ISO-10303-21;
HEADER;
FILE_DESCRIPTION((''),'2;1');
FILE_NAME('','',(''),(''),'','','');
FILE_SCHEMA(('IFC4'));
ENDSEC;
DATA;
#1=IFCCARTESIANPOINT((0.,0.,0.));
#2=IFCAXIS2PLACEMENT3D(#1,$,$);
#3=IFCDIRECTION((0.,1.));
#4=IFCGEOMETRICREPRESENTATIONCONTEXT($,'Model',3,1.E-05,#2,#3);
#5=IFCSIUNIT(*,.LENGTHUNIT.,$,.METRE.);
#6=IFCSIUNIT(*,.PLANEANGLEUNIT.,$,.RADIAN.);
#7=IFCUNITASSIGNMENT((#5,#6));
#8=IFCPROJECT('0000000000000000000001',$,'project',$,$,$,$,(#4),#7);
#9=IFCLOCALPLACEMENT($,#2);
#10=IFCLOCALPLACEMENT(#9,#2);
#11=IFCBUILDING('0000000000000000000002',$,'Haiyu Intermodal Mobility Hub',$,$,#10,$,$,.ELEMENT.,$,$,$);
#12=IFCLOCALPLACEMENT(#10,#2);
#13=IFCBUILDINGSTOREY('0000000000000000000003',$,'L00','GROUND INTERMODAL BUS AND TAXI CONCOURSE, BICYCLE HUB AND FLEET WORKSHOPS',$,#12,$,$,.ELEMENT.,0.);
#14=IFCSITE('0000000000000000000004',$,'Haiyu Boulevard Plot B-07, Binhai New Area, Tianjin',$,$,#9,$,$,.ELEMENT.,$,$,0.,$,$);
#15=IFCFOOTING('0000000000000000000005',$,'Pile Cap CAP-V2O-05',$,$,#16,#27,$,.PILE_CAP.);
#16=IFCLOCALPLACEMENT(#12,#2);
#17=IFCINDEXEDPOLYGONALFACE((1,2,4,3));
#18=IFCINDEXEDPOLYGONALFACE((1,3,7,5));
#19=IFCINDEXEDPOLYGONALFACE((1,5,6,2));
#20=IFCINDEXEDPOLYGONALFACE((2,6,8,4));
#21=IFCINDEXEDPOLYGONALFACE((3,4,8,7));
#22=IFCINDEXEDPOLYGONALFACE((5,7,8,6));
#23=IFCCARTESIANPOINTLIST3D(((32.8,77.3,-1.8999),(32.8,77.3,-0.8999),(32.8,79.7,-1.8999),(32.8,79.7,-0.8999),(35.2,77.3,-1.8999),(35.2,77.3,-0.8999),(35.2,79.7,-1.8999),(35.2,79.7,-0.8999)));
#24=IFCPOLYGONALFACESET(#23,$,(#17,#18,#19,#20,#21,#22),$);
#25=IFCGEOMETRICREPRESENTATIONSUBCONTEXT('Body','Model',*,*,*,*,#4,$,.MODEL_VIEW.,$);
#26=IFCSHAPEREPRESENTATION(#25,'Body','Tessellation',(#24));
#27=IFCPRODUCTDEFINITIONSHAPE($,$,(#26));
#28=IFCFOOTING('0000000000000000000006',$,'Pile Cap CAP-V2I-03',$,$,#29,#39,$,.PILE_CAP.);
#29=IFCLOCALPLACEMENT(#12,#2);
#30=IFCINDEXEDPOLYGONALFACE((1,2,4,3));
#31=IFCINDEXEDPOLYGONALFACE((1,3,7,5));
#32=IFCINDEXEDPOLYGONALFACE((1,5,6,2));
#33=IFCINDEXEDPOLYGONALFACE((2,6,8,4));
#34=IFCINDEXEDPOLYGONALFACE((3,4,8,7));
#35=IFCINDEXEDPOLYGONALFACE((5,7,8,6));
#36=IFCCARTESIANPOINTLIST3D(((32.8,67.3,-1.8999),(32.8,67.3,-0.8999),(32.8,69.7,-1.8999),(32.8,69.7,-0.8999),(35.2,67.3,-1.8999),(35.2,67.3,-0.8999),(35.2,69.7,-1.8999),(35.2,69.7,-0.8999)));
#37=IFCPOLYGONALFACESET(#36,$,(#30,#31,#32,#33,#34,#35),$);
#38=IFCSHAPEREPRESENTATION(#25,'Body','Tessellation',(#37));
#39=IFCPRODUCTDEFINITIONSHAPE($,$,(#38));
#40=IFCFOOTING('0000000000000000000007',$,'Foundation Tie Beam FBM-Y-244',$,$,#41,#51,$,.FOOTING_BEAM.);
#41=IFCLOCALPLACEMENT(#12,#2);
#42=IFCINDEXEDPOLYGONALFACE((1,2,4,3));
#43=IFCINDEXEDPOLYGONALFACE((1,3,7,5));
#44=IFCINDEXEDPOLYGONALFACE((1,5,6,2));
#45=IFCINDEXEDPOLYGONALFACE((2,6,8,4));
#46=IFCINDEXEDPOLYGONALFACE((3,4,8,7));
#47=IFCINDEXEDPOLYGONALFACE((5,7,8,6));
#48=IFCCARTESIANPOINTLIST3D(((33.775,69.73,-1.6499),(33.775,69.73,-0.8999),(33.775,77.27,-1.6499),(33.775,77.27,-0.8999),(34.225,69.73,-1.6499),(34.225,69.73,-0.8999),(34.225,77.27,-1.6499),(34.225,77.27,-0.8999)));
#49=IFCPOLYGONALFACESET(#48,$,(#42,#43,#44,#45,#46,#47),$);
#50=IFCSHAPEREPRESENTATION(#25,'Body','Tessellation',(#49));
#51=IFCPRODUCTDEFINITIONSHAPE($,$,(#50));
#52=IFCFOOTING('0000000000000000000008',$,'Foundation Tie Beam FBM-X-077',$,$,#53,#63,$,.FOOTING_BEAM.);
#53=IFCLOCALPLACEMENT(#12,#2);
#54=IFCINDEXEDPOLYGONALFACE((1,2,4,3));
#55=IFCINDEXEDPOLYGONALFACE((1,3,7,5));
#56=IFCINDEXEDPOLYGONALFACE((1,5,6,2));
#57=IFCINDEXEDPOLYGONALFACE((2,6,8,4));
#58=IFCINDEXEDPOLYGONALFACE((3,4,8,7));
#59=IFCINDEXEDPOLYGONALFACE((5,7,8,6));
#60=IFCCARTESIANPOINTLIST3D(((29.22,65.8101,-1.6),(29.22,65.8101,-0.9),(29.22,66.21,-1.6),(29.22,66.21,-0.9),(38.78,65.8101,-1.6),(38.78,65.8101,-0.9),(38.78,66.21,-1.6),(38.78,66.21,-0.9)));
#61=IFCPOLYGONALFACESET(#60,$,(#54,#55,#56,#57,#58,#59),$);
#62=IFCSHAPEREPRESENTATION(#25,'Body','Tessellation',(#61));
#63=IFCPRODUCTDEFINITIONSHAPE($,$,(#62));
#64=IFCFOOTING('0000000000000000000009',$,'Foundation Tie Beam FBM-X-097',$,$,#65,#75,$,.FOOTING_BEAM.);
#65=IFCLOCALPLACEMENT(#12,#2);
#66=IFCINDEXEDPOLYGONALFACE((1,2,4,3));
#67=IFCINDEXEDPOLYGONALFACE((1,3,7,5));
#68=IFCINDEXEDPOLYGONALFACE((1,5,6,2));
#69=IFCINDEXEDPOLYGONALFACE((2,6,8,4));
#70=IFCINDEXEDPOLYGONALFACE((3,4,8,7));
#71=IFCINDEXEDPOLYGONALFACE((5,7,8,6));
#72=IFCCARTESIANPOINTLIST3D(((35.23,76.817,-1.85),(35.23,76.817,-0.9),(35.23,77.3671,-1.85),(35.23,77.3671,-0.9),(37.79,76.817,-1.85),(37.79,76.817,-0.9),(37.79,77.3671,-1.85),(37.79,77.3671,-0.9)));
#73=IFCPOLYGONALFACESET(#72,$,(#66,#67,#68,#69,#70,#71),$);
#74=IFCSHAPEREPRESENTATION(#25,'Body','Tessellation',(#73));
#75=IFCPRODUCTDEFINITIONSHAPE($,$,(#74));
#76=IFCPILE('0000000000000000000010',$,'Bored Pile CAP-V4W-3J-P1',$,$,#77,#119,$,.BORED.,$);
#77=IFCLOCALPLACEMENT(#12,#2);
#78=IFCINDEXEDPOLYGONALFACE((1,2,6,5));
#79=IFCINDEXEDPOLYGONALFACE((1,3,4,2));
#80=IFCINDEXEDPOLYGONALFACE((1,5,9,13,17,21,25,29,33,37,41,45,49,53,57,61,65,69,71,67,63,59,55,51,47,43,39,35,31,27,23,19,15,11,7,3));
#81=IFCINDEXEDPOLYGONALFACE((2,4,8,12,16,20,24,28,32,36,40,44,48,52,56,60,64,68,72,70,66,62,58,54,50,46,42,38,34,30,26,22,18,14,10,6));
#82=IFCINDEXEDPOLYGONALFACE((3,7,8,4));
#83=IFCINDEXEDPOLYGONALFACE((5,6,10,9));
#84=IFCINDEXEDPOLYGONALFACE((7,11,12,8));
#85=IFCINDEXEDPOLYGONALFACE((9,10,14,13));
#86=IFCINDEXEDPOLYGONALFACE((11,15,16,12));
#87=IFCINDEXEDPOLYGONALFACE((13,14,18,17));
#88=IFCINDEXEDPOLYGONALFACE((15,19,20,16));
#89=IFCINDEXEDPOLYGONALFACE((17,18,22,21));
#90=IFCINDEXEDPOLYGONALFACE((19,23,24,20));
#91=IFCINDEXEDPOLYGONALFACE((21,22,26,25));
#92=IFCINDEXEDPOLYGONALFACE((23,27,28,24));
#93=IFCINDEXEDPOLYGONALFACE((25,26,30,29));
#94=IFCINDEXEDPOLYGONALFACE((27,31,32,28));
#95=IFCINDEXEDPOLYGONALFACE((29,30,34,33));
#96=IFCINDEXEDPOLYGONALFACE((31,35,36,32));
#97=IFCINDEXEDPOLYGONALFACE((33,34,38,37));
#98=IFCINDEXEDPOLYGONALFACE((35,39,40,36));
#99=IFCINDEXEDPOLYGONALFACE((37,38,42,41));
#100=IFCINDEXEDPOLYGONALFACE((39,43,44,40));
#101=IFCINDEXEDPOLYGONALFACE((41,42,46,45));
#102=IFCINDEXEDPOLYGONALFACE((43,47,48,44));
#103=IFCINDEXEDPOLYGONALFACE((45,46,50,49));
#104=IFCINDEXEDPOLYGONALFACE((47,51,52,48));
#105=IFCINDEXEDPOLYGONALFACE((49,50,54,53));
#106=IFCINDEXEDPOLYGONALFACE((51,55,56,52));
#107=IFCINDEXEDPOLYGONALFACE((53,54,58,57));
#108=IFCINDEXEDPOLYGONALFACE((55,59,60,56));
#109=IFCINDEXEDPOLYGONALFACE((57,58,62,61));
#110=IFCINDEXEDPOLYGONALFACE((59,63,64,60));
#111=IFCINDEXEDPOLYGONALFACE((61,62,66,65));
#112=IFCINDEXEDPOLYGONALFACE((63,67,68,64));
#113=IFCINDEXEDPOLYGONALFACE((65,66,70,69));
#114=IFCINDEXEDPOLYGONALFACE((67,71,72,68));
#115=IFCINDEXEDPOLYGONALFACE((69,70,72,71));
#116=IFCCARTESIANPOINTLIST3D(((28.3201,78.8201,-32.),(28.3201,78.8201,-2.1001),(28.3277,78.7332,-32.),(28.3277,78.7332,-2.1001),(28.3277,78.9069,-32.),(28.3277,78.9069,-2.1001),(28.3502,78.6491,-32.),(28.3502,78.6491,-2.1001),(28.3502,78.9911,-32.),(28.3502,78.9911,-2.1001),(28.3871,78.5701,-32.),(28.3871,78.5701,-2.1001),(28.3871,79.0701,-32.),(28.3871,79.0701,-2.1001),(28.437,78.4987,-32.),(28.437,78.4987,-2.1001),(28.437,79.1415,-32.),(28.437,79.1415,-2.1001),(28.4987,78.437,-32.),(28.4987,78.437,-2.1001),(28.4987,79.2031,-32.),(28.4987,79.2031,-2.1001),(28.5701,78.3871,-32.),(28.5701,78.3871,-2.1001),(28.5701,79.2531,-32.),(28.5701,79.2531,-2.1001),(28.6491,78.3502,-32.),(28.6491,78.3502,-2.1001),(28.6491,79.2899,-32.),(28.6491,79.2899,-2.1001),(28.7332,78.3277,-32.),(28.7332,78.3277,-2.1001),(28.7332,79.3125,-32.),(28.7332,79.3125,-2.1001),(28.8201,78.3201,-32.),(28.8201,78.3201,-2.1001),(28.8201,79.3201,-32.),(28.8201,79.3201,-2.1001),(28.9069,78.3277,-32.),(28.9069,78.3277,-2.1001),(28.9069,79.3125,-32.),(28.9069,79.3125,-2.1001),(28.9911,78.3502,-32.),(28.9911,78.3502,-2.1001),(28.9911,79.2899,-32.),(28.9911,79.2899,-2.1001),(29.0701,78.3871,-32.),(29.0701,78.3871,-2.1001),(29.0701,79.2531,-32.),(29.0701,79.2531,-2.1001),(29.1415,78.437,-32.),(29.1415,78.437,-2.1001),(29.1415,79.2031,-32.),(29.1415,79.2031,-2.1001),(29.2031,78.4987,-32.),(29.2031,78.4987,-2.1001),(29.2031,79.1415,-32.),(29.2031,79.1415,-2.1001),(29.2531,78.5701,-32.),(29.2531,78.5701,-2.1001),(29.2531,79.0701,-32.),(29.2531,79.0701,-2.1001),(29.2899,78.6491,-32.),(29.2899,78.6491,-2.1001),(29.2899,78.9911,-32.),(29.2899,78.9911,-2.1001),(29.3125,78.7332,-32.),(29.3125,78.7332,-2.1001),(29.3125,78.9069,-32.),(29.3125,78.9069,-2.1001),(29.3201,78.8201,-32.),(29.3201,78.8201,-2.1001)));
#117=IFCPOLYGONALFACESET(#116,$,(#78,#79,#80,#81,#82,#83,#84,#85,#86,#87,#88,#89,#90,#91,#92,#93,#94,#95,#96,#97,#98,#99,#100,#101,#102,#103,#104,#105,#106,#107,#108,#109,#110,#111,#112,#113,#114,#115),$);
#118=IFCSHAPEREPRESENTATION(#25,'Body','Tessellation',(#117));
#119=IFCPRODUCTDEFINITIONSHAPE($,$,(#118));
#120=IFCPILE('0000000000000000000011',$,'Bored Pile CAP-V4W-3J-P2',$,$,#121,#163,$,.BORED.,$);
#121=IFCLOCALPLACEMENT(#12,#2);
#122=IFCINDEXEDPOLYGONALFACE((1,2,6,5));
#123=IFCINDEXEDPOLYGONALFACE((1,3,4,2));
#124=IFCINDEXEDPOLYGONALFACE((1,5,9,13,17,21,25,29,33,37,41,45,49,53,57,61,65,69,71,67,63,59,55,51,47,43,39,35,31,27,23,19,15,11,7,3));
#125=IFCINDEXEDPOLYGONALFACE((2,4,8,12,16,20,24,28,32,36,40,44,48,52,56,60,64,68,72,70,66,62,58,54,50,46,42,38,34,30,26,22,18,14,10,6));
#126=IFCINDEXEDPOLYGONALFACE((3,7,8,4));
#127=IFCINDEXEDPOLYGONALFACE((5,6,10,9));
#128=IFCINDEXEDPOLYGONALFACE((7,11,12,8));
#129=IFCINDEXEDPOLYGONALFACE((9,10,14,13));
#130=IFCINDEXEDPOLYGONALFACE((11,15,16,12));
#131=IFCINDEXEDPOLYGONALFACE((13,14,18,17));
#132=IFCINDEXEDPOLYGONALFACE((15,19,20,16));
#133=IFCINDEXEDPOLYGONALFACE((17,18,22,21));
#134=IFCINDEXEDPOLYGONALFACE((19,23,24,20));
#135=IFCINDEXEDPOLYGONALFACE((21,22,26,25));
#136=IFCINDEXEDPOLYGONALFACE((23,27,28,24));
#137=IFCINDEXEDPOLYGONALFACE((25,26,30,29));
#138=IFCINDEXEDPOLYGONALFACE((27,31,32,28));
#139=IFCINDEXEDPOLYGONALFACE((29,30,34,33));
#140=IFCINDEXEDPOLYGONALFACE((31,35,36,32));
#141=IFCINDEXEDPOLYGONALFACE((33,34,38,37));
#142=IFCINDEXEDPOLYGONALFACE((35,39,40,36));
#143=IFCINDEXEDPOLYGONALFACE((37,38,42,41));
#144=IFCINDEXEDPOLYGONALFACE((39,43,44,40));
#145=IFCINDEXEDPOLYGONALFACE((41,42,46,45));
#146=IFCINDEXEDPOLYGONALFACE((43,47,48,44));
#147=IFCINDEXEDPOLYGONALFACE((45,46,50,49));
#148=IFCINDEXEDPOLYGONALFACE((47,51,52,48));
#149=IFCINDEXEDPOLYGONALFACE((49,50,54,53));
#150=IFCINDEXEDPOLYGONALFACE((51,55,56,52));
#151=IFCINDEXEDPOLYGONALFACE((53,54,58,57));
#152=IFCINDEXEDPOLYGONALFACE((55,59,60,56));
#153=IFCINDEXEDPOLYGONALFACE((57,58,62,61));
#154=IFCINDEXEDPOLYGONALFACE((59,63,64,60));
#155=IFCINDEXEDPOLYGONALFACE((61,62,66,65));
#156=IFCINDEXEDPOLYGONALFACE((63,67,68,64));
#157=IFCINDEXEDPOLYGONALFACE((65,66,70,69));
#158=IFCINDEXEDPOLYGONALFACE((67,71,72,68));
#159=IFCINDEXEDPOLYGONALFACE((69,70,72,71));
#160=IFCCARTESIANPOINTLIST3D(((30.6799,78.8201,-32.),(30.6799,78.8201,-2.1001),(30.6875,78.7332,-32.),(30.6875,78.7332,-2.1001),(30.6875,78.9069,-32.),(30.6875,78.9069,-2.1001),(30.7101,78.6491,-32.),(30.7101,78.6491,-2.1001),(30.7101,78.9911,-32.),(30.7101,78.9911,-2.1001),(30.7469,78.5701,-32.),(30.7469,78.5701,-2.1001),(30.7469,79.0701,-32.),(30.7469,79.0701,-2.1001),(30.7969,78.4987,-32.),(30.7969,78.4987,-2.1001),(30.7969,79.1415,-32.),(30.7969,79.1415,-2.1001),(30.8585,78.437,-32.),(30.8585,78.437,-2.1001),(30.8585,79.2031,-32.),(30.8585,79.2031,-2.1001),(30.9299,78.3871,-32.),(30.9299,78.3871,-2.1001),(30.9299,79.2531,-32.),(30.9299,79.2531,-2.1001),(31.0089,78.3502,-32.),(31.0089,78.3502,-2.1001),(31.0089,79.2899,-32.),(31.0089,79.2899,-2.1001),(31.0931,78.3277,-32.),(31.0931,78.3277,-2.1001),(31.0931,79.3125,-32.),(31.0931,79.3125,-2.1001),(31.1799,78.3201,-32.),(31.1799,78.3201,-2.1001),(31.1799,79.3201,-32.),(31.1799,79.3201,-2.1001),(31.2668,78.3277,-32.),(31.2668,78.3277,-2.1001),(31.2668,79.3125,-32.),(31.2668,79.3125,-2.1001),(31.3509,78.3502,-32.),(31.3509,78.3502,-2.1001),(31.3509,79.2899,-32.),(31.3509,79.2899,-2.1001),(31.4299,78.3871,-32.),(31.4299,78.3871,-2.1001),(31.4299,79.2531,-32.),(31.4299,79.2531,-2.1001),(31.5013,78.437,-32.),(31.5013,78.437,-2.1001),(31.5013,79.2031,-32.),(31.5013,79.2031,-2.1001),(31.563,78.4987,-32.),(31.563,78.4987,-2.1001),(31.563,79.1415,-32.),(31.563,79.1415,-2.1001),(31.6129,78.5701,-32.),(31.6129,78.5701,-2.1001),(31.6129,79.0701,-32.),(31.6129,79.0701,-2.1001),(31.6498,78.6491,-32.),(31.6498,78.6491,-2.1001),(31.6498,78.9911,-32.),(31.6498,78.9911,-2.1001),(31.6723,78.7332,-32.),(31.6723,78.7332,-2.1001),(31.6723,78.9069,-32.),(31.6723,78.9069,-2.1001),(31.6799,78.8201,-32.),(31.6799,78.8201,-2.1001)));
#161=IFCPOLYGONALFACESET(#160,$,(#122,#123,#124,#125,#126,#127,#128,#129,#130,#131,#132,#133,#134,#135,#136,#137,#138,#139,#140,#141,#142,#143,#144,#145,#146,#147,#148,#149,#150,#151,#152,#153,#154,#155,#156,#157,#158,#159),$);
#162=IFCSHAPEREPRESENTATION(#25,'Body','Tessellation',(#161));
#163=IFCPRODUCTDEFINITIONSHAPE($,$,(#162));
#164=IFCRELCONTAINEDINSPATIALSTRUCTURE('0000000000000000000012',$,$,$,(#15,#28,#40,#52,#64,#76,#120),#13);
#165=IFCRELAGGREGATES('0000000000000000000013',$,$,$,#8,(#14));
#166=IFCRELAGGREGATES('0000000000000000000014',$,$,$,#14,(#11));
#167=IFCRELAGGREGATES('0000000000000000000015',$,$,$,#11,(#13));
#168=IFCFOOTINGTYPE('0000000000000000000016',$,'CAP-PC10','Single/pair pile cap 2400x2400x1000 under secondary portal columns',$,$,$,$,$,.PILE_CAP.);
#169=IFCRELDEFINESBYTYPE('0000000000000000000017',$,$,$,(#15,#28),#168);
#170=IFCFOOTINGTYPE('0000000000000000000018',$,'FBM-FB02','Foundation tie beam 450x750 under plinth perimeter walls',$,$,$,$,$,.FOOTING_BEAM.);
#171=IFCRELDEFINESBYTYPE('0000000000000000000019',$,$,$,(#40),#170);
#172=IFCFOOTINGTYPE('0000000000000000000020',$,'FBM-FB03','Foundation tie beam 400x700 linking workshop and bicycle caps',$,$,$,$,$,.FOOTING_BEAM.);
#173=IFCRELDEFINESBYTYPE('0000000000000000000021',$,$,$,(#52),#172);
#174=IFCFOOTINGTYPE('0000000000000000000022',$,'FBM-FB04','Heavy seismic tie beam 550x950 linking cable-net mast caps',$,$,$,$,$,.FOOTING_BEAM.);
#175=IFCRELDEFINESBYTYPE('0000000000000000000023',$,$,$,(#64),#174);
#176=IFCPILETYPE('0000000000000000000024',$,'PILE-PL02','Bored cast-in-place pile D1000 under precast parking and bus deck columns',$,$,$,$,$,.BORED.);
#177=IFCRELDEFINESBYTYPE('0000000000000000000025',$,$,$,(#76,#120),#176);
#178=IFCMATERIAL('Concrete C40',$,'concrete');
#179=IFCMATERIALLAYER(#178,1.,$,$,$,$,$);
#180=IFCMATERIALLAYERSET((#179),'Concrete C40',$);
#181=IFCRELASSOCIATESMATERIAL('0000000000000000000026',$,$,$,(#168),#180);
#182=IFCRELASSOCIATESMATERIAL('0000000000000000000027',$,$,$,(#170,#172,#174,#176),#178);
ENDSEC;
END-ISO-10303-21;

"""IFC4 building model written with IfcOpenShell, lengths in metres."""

from ifc_helpers import new_model, si_unit, direction, frame, origin, origin_2d, place, context, subcontext, project, spatial, rectangle, circle, extrude, material, layer, layer_set, material_profile, profile_set, type_object, element, save


model = new_model("IFC4")

# Units and contexts
model_context = context("Model", 3, precision=1e-05, world=origin(), true_north=direction((0.0, 1.0)))
body_context = subcontext(model_context, "Body", "Model", "MODEL_VIEW")
ifc_project = project(units=[si_unit("LENGTHUNIT", "METRE"), si_unit("PLANEANGLEUNIT", "RADIAN")], contexts=[model_context])

# Site, building, storey
site_placement = place(None, origin())
site = spatial("IfcSite", under=ifc_project, at=site_placement, Name="Haiyu Boulevard Plot B-07, Binhai New Area, Tianjin", CompositionType="ELEMENT", RefElevation=0.0)
building_placement = place(site_placement, origin())
building = spatial("IfcBuilding", under=site, at=building_placement, Name="Haiyu Intermodal Mobility Hub", CompositionType="ELEMENT")
storey_placement = place(building_placement, origin())
storey = spatial("IfcBuildingStorey", under=building, at=storey_placement, Name="L00", Description="GROUND INTERMODAL BUS AND TAXI CONCOURSE, BICYCLE HUB AND FLEET WORKSHOPS", CompositionType="ELEMENT", Elevation=0.0)

# Footings
ifc_material_1 = material(Name="Concrete C40", Category="concrete")
ifc_layer_1 = layer(ifc_material_1, 1.0)
ifc_layer_set_1 = layer_set([ifc_layer_1], Name="Concrete C40")
footing_type_1 = type_object("IfcFootingType", Name="CAP-PC10", Description="Single/pair pile cap 2400x2400x1000 under secondary portal columns", PredefinedType="PILE_CAP", material=ifc_layer_set_1)
for number, where, z_axis, x_axis, name in (
    (1, (34.0, 78.5, -1.8999), (0.0, 0.0, 1.0), (1.0, 0.0, 0.0), "Pile Cap CAP-V2O-05"),
    (2, (34.0, 68.5, -1.8999), (0.0, 0.0, 1.0), (1.0, 0.0, 0.0), "Pile Cap CAP-V2I-03"),
):
    element("IfcFooting", number, at=place(storey_placement, frame(where, z_axis=z_axis, x_axis=x_axis)), inside=storey, type_object=footing_type_1, Name=name, PredefinedType="PILE_CAP", context=body_context, shape_type="SweptSolid", body=[
        extrude(rectangle(XDim=2.3999, YDim=2.3999, at=origin_2d()), origin(), (0.0, 0.0, 1.0), 1.0),
    ])
ifc_material_profile_1 = material_profile(ifc_material_1, rectangle(XDim=0.45, YDim=0.75, at=origin_2d()), Name="FB450x750")
ifc_profile_set_1 = profile_set([ifc_material_profile_1], Name="Concrete C40")
footing_type_2 = type_object("IfcFootingType", Name="FBM-FB02", Description="Foundation tie beam 450x750 under plinth perimeter walls", PredefinedType="FOOTING_BEAM", material=ifc_profile_set_1)
footing_1_placement = place(storey_placement, frame((34.0, 69.73, -1.2749), z_axis=(0.0, 1.0, 0.0), x_axis=(-1.0, 0.0, 0.0)))
element("IfcFooting", 3, at=footing_1_placement, inside=storey, type_object=footing_type_2, Name="Foundation Tie Beam FBM-Y-244", PredefinedType="FOOTING_BEAM", context=body_context, shape_type="SweptSolid", body=[
    extrude(rectangle(XDim=0.45, YDim=0.75, at=origin_2d()), origin(), (0.0, 0.0, 1.0), 7.54),
])
ifc_material_profile_2 = material_profile(ifc_material_1, rectangle(XDim=0.3999, YDim=0.7, at=origin_2d()), Name="FB400x700")
ifc_profile_set_2 = profile_set([ifc_material_profile_2], Name="Concrete C40")
footing_type_3 = type_object("IfcFootingType", Name="FBM-FB03", Description="Foundation tie beam 400x700 linking workshop and bicycle caps", PredefinedType="FOOTING_BEAM", material=ifc_profile_set_2)
footing_2_placement = place(storey_placement, frame((29.22, 66.01, -1.25), z_axis=(1.0, 0.0, 0.0), x_axis=(0.0, 1.0, 0.0)))
element("IfcFooting", 4, at=footing_2_placement, inside=storey, type_object=footing_type_3, Name="Foundation Tie Beam FBM-X-077", PredefinedType="FOOTING_BEAM", context=body_context, shape_type="SweptSolid", body=[
    extrude(rectangle(XDim=0.3999, YDim=0.7, at=origin_2d()), origin(), (0.0, 0.0, 1.0), 9.5601),
])
ifc_material_profile_3 = material_profile(ifc_material_1, rectangle(XDim=0.55, YDim=0.95, at=origin_2d()), Name="FB550x950")
ifc_profile_set_3 = profile_set([ifc_material_profile_3], Name="Concrete C40")
footing_type_4 = type_object("IfcFootingType", Name="FBM-FB04", Description="Heavy seismic tie beam 550x950 linking cable-net mast caps", PredefinedType="FOOTING_BEAM", material=ifc_profile_set_3)
footing_3_placement = place(storey_placement, frame((35.23, 77.092, -1.375), z_axis=(1.0, 0.0, 0.0), x_axis=(0.0, 1.0, 0.0)))
element("IfcFooting", 5, at=footing_3_placement, inside=storey, type_object=footing_type_4, Name="Foundation Tie Beam FBM-X-097", PredefinedType="FOOTING_BEAM", context=body_context, shape_type="SweptSolid", body=[
    extrude(rectangle(XDim=0.55, YDim=0.95, at=origin_2d()), origin(), (0.0, 0.0, 1.0), 2.5601),
])

# Piles
ifc_material_profile_4 = material_profile(ifc_material_1, circle(Radius=0.5, at=origin_2d()), Name="PILE-D1000")
ifc_profile_set_4 = profile_set([ifc_material_profile_4], Name="Concrete C40")
pile_type_1 = type_object("IfcPileType", Name="PILE-PL02", Description="Bored cast-in-place pile D1000 under precast parking and bus deck columns", PredefinedType="BORED", material=ifc_profile_set_4)
for number, where, z_axis, x_axis, name in (
    (6, (28.8201, 78.8201, -2.1001), (0.0, 0.0, -1.0), (1.0, 0.0, 0.0), "Bored Pile CAP-V4W-3J-P1"),
    (7, (31.1799, 78.8201, -2.1001), (0.0, 0.0, -1.0), (1.0, 0.0, 0.0), "Bored Pile CAP-V4W-3J-P2"),
):
    element("IfcPile", number, at=place(storey_placement, frame(where, z_axis=z_axis, x_axis=x_axis)), inside=storey, type_object=pile_type_1, Name=name, PredefinedType="BORED", context=body_context, shape_type="SweptSolid", body=[
        extrude(circle(Radius=0.5, at=origin_2d()), origin(), (0.0, 0.0, 1.0), 29.8999),
    ])

save(model, "model.ifc")
